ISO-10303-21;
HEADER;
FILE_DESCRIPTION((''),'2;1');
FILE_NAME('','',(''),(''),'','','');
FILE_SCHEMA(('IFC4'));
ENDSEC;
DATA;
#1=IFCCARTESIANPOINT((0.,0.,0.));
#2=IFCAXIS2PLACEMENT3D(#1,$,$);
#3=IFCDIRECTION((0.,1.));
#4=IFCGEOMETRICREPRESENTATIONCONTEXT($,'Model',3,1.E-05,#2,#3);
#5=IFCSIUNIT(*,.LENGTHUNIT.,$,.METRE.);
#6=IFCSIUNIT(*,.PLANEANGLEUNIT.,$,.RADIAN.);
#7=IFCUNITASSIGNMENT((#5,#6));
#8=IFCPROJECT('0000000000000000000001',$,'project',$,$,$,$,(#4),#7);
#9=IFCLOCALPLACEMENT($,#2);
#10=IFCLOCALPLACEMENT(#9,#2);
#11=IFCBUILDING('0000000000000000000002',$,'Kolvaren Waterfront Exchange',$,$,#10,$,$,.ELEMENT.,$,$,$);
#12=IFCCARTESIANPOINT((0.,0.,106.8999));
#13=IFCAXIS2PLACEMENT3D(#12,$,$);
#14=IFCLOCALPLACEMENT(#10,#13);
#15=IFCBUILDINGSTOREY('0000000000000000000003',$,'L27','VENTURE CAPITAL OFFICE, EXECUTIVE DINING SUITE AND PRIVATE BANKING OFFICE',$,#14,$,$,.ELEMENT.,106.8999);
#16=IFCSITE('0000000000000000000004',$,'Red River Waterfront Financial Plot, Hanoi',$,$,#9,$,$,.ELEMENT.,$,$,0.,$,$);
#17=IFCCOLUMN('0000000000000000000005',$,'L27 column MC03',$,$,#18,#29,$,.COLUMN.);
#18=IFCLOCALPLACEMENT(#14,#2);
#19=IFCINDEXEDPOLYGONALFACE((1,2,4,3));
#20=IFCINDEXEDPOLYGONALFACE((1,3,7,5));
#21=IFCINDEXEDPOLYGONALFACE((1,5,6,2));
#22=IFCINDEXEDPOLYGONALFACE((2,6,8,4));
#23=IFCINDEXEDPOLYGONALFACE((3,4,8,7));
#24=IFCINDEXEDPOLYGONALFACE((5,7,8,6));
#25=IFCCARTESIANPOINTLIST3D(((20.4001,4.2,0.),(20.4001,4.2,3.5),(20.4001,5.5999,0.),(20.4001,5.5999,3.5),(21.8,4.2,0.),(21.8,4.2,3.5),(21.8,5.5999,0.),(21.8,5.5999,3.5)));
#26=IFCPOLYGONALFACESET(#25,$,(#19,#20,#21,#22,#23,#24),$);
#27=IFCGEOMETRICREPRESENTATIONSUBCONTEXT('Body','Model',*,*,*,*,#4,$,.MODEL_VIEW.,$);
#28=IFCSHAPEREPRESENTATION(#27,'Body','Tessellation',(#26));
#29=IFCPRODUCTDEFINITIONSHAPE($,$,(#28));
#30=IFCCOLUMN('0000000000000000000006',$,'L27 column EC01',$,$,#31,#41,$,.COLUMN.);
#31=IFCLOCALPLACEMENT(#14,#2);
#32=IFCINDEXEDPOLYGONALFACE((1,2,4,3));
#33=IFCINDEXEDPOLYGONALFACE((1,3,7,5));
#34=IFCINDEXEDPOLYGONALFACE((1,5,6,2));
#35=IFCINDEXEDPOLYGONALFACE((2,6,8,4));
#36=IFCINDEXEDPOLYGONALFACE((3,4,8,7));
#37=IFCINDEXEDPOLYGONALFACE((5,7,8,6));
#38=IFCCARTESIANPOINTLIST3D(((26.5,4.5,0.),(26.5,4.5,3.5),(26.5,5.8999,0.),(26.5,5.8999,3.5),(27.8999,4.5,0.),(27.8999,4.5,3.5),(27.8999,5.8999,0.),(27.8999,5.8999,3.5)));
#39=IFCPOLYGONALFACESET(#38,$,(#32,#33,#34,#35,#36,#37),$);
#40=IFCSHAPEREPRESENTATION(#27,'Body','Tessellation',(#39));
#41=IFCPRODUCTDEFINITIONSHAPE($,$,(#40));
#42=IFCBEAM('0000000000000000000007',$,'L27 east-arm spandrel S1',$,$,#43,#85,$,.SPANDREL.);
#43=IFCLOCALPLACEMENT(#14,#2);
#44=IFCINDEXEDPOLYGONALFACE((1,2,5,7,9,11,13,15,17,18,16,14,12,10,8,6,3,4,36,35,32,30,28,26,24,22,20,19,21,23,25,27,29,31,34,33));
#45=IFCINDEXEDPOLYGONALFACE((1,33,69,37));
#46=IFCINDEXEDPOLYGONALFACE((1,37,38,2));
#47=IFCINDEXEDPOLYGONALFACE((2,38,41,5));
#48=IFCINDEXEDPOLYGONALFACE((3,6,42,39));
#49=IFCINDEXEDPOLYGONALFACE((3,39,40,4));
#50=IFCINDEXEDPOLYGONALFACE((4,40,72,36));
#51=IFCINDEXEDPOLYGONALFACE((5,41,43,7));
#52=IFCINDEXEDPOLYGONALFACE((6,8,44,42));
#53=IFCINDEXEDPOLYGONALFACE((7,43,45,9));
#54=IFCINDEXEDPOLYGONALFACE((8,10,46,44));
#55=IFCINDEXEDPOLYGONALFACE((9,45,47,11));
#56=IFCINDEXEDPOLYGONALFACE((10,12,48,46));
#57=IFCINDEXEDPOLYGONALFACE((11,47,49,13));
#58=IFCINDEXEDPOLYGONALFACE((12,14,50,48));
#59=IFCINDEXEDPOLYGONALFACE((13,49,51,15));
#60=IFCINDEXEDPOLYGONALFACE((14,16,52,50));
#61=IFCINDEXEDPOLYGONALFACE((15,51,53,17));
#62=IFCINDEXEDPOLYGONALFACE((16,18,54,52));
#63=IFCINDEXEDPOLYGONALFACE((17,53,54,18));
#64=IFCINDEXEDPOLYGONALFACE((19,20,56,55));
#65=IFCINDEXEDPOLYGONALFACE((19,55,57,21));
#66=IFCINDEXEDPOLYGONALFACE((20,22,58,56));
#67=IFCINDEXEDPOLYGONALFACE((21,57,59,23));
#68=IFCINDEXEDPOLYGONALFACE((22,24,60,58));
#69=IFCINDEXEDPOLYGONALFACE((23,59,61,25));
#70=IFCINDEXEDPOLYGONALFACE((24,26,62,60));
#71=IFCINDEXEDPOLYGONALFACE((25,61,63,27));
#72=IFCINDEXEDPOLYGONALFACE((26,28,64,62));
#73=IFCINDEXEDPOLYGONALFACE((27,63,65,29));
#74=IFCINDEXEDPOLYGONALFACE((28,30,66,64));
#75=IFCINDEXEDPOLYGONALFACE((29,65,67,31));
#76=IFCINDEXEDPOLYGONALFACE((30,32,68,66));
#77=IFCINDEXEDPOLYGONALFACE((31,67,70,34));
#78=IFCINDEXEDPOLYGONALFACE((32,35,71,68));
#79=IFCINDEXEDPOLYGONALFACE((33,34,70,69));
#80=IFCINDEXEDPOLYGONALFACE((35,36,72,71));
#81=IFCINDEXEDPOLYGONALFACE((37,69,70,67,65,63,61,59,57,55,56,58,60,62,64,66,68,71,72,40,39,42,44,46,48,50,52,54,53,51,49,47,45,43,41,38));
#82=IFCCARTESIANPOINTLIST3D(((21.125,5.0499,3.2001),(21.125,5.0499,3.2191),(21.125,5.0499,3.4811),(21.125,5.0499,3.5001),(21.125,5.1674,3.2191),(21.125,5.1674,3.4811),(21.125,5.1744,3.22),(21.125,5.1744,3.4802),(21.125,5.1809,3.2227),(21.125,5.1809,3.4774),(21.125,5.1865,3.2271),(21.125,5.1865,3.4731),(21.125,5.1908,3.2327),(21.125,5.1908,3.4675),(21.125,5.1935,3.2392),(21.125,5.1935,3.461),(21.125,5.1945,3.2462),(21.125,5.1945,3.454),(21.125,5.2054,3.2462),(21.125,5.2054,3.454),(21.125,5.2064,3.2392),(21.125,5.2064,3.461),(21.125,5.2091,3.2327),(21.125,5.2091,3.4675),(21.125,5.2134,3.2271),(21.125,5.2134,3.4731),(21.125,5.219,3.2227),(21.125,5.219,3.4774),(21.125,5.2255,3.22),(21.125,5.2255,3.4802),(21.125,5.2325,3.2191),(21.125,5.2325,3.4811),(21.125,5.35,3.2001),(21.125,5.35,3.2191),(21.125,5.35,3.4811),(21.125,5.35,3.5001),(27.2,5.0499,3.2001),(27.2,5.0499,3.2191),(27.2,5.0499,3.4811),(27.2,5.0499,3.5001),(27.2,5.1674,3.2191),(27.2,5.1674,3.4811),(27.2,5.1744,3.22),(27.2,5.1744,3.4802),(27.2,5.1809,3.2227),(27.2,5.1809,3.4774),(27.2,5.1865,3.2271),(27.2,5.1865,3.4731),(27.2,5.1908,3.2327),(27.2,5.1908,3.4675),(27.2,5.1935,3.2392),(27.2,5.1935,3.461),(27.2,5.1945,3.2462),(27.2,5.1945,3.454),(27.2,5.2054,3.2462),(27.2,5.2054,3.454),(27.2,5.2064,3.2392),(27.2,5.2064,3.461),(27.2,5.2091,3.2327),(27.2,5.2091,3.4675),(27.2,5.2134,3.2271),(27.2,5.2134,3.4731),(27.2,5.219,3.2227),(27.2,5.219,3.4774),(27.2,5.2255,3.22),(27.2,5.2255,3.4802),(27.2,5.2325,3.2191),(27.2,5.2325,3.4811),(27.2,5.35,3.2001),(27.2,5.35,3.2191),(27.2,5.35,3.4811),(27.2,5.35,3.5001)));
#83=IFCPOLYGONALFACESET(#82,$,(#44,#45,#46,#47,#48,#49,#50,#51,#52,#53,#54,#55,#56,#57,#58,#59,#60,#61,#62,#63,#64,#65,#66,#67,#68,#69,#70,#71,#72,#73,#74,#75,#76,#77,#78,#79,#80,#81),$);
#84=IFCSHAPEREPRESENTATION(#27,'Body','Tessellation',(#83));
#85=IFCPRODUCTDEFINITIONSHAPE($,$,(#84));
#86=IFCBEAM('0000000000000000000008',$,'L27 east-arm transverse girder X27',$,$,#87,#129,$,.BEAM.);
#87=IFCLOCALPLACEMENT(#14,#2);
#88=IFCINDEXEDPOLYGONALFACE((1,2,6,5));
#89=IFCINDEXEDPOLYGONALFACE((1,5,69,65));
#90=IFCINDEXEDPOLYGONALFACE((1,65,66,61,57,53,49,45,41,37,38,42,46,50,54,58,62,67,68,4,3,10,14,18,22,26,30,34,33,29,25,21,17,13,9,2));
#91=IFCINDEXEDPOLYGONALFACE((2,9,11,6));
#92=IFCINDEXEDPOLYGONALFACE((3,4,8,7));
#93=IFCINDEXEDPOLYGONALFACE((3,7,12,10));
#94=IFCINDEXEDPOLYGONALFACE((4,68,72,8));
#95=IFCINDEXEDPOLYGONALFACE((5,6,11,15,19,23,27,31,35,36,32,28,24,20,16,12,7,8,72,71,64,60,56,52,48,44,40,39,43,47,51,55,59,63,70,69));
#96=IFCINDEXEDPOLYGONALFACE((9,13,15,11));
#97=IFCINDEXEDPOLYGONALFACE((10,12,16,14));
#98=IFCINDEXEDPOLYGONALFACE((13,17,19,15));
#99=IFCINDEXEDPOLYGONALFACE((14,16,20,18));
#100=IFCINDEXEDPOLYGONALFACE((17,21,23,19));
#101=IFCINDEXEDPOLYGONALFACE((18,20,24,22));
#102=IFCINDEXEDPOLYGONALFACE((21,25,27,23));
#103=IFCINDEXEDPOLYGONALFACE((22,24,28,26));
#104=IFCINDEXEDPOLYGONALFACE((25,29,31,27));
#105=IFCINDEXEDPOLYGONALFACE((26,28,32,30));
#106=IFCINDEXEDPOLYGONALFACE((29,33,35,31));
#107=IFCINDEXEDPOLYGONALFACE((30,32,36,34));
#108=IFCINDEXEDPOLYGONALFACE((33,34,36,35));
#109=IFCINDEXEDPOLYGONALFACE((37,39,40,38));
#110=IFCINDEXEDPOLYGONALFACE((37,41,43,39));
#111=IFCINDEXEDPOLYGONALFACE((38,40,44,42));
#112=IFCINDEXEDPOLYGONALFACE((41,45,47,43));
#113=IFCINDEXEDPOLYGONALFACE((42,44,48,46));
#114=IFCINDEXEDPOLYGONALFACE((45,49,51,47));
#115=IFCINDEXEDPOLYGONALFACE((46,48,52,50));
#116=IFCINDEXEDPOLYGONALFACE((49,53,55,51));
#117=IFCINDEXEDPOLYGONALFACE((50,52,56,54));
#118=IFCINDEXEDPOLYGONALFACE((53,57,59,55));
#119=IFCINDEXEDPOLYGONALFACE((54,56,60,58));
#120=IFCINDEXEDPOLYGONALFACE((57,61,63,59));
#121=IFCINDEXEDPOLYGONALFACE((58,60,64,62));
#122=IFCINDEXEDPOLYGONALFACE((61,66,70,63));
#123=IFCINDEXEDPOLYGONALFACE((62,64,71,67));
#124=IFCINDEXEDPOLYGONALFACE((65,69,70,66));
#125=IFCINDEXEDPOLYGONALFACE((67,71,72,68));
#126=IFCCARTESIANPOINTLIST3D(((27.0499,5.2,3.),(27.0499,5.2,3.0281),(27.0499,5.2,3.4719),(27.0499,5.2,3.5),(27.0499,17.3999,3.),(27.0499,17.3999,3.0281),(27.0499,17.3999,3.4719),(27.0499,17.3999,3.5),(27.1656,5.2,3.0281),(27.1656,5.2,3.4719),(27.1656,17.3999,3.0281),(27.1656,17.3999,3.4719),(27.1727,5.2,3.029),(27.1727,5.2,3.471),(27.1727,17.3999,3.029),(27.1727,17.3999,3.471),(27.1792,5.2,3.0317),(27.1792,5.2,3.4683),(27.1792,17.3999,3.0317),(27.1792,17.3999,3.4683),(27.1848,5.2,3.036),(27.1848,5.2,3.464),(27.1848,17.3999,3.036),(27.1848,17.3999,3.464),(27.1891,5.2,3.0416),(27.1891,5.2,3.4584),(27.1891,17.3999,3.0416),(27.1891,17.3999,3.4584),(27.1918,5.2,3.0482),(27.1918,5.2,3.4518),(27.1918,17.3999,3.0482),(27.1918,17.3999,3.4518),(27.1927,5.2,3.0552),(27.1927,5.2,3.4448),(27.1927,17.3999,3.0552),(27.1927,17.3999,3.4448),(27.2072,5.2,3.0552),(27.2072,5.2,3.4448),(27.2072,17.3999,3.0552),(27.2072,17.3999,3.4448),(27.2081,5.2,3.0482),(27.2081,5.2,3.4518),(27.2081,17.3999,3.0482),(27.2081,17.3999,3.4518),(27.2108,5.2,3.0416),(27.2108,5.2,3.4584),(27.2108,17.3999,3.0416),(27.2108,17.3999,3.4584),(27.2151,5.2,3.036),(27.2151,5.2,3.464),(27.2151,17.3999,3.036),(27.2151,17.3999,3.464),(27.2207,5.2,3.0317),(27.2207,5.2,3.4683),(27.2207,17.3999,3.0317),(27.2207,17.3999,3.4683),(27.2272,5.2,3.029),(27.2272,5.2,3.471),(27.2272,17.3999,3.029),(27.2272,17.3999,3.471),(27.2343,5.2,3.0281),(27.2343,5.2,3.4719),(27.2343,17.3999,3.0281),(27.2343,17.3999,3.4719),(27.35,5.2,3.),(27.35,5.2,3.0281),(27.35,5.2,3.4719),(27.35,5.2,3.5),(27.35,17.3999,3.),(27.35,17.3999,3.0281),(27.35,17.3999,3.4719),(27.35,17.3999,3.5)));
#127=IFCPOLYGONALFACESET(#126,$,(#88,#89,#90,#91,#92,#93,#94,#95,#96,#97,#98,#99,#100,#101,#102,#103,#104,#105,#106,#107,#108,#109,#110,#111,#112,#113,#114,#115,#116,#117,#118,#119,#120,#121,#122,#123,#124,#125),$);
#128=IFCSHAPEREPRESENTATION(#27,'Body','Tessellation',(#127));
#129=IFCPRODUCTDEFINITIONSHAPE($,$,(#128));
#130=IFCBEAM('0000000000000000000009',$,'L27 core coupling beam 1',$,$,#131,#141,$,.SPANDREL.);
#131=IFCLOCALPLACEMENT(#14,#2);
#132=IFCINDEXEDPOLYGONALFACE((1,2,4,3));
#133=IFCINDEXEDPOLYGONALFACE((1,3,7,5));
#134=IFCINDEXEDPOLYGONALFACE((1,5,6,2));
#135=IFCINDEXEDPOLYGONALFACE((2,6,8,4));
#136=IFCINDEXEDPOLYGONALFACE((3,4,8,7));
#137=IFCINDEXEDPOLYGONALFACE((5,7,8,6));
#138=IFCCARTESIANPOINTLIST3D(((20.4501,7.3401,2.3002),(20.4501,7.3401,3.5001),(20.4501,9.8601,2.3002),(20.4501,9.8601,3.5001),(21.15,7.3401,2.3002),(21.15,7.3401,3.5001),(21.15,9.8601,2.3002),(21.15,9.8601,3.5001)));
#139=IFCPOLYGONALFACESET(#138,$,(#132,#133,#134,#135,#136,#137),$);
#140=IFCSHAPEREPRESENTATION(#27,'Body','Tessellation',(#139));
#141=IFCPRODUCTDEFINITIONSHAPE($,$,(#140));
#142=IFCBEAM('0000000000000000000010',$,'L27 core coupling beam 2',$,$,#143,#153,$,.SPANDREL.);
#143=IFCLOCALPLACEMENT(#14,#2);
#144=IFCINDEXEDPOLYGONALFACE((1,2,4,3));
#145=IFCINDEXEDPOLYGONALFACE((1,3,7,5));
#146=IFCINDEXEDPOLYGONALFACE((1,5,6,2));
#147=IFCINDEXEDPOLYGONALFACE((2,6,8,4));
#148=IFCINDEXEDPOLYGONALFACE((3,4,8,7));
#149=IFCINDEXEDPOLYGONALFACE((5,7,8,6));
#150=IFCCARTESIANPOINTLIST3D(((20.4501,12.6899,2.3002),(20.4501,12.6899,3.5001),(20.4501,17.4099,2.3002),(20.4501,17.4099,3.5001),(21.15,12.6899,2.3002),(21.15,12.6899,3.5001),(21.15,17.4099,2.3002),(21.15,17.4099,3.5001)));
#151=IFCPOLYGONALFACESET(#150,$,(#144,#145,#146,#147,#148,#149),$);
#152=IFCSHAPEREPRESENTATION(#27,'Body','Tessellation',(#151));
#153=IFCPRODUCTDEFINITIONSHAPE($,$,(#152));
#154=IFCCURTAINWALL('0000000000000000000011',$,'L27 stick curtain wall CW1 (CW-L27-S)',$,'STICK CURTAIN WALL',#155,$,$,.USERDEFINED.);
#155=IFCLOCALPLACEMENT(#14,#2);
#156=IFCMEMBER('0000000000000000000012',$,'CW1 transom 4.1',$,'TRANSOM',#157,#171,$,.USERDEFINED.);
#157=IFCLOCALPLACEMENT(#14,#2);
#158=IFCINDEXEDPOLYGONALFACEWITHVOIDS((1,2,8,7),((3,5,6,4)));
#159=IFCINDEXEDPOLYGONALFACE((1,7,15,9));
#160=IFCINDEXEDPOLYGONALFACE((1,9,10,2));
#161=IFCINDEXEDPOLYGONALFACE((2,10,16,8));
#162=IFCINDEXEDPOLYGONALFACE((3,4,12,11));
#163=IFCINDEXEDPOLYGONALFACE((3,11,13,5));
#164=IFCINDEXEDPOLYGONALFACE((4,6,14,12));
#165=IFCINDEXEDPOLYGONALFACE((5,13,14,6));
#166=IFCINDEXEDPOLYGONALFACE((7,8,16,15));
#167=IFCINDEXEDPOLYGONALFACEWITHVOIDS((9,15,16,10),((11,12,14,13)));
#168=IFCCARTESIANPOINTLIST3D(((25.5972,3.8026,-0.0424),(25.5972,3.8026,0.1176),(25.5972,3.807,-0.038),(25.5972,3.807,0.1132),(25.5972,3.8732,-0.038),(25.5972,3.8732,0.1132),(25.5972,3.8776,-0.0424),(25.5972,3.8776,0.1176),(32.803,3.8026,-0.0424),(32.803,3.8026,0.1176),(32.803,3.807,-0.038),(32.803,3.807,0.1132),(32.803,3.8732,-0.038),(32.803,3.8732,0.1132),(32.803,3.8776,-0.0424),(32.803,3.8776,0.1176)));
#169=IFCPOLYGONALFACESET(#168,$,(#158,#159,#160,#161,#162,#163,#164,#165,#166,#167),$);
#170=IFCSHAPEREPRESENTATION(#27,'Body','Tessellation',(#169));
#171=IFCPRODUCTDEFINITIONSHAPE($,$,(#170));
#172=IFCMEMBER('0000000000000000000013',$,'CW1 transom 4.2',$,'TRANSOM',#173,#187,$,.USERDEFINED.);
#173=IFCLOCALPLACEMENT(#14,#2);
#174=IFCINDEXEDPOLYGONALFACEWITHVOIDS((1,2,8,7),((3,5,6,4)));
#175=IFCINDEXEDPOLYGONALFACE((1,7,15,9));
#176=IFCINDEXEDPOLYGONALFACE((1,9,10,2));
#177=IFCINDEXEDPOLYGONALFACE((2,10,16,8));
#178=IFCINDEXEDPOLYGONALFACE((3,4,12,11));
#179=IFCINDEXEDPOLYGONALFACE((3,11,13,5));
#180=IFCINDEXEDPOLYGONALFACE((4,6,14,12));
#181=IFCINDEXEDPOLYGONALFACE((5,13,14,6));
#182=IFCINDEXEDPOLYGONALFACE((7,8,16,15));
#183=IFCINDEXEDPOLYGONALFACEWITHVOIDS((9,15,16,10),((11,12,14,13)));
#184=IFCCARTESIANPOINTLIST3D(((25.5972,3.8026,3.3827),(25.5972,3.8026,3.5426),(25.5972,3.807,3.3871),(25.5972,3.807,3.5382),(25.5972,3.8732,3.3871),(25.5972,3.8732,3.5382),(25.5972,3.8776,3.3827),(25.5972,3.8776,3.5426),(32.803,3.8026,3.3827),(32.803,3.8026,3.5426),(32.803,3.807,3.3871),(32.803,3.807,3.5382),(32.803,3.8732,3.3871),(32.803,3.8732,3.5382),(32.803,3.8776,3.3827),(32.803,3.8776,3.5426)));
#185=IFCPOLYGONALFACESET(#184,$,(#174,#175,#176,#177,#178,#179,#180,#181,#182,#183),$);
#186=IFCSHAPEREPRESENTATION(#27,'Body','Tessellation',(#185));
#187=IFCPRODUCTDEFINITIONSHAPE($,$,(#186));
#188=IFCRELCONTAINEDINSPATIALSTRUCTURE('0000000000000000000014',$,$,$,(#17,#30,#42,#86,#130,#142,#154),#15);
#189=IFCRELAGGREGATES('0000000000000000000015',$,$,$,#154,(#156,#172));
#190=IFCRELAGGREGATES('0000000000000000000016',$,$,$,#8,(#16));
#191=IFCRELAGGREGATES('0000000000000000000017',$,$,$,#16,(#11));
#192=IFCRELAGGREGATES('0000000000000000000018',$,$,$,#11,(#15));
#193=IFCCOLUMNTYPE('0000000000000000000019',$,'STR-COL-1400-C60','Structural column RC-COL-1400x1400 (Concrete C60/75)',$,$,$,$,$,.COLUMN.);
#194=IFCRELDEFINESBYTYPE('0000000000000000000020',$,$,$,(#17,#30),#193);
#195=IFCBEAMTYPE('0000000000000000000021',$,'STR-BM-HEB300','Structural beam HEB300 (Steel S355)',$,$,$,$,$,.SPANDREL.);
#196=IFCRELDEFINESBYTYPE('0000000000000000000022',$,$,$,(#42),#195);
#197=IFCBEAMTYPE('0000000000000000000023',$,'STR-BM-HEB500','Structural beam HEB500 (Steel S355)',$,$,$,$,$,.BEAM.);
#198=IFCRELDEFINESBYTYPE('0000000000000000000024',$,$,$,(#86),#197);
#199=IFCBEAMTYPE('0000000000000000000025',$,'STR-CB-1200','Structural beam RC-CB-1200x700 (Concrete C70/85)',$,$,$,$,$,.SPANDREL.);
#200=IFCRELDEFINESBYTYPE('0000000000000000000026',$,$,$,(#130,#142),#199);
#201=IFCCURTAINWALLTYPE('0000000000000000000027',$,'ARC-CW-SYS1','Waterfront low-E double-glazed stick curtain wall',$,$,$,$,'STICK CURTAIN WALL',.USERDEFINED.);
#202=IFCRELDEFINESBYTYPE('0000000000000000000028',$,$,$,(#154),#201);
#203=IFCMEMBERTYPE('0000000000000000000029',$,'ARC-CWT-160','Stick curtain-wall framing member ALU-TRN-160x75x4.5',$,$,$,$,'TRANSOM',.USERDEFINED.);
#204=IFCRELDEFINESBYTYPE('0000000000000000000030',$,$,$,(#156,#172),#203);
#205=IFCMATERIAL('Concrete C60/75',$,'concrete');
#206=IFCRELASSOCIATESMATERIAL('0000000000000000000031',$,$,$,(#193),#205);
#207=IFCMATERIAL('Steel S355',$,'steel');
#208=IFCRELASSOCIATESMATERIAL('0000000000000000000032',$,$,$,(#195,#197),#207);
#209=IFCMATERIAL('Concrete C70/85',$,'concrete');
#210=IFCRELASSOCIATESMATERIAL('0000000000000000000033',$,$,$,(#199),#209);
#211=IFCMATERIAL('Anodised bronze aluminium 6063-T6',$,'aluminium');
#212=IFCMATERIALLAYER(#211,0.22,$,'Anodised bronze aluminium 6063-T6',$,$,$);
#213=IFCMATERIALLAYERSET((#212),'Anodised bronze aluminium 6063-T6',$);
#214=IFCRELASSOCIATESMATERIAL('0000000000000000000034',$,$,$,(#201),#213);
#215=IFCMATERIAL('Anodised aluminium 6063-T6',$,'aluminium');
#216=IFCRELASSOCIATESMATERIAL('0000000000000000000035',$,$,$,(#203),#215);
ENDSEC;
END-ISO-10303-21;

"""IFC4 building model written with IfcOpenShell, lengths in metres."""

from ifc_helpers import new_model, si_unit, direction, frame, origin, origin_with_axes, origin_2d, place, context, subcontext, project, spatial, rectangle, hollow_rectangle, i_section, extrude, source, transform, mapped, material, layer, layer_set, material_profile, profile_set, type_object, element, aggregate, save


model = new_model("IFC4")

# Units and contexts
model_context = context("Model", 3, precision=1e-05, world=origin(), true_north=direction((0.0, 1.0)))
body_context = subcontext(model_context, "Body", "Model", "MODEL_VIEW")
ifc_project = project(units=[si_unit("LENGTHUNIT", "METRE"), si_unit("PLANEANGLEUNIT", "RADIAN")], contexts=[model_context])

# Site, building, storey
site_placement = place(None, origin())
site = spatial("IfcSite", under=ifc_project, at=site_placement, Name="Red River Waterfront Financial Plot, Hanoi", CompositionType="ELEMENT", RefElevation=0.0)
building_placement = place(site_placement, origin())
building = spatial("IfcBuilding", under=site, at=building_placement, Name="Kolvaren Waterfront Exchange", CompositionType="ELEMENT")
storey_placement = place(building_placement, frame((0.0, 0.0, 106.8999)))
storey = spatial("IfcBuildingStorey", under=building, at=storey_placement, Name="L27", Description="VENTURE CAPITAL OFFICE, EXECUTIVE DINING SUITE AND PRIVATE BANKING OFFICE", CompositionType="ELEMENT", Elevation=106.8999)

# Columns
ifc_material_1 = material(Name="Concrete C60/75", Category="concrete")
ifc_material_profile_1 = material_profile(ifc_material_1, rectangle(XDim=1.3999, YDim=1.3999, at=origin_2d()), Name="RC-COL-1400x1400")
ifc_profile_set_1 = profile_set([ifc_material_profile_1], Name="Concrete C60/75")
column_type = type_object("IfcColumnType", Name="STR-COL-1400-C60", Description="Structural column RC-COL-1400x1400 (Concrete C60/75)", PredefinedType="COLUMN", material=ifc_profile_set_1)
for number, where, z_axis, x_axis, name in (
    (1, (21.1001, 4.8999, 0.0), (0.0, 0.0, 1.0), (1.0, 0.0, 0.0), "L27 column MC03"),
    (2, (27.2, 5.2, 0.0), (0.0, 0.0, 1.0), (1.0, 0.0, 0.0), "L27 column EC01"),
):
    element("IfcColumn", number, at=place(storey_placement, frame(where, z_axis=z_axis, x_axis=x_axis)), inside=storey, type_object=column_type, Name=name, PredefinedType="COLUMN", context=body_context, shape_type="SweptSolid", body=[
        extrude(rectangle(XDim=1.3999, YDim=1.3999, at=origin_2d()), origin(), (0.0, 0.0, 1.0), 3.5),
    ])

# Beams
ifc_material_2 = material(Name="Steel S355", Category="steel")
ifc_material_profile_2 = material_profile(ifc_material_2, i_section(OverallWidth=0.3, OverallDepth=0.3, WebThickness=0.011, FlangeThickness=0.019, FilletRadius=0.0271, at=origin_2d()), Name="HEB300")
ifc_profile_set_2 = profile_set([ifc_material_profile_2], Name="Steel S355")
beam_type_1 = type_object("IfcBeamType", Name="STR-BM-HEB300", Description="Structural beam HEB300 (Steel S355)", PredefinedType="SPANDREL", material=ifc_profile_set_2)
beam_1_placement = place(storey_placement, frame((21.125, 5.2, 3.3501), z_axis=(1.0, 0.0, 0.0), x_axis=(0.0, 1.0, 0.0)))
element("IfcBeam", 3, at=beam_1_placement, inside=storey, type_object=beam_type_1, Name="L27 east-arm spandrel S1", PredefinedType="SPANDREL", context=body_context, shape_type="SweptSolid", body=[
    extrude(i_section(OverallWidth=0.3, OverallDepth=0.3, WebThickness=0.011, FlangeThickness=0.019, FilletRadius=0.0271, at=origin_2d()), origin(), (0.0, 0.0, 1.0), 6.075),
])
ifc_material_profile_3 = material_profile(ifc_material_2, i_section(OverallWidth=0.3, OverallDepth=0.5, WebThickness=0.0144, FlangeThickness=0.0281, FilletRadius=0.0271, at=origin_2d()), Name="HEB500")
ifc_profile_set_3 = profile_set([ifc_material_profile_3], Name="Steel S355")
beam_type_2 = type_object("IfcBeamType", Name="STR-BM-HEB500", Description="Structural beam HEB500 (Steel S355)", PredefinedType="BEAM", material=ifc_profile_set_3)
beam_2_placement = place(storey_placement, frame((27.2, 5.2, 3.25), z_axis=(0.0, 1.0, 0.0), x_axis=(-1.0, 0.0, 0.0)))
element("IfcBeam", 4, at=beam_2_placement, inside=storey, type_object=beam_type_2, Name="L27 east-arm transverse girder X27", PredefinedType="BEAM", context=body_context, shape_type="SweptSolid", body=[
    extrude(i_section(OverallWidth=0.3, OverallDepth=0.5, WebThickness=0.0144, FlangeThickness=0.0281, FilletRadius=0.0271, at=origin_2d()), origin(), (0.0, 0.0, 1.0), 12.2),
])
ifc_material_3 = material(Name="Concrete C70/85", Category="concrete")
ifc_material_profile_4 = material_profile(ifc_material_3, rectangle(XDim=0.7, YDim=1.2, at=origin_2d()), Name="RC-CB-1200x700")
ifc_profile_set_4 = profile_set([ifc_material_profile_4], Name="Concrete C70/85")
beam_type_3 = type_object("IfcBeamType", Name="STR-CB-1200", Description="Structural beam RC-CB-1200x700 (Concrete C70/85)", PredefinedType="SPANDREL", material=ifc_profile_set_4)
beam_3_placement = place(storey_placement, frame((20.8, 7.3401, 2.9001), z_axis=(0.0, 1.0, 0.0), x_axis=(-1.0, 0.0, 0.0)))
element("IfcBeam", 5, at=beam_3_placement, inside=storey, type_object=beam_type_3, Name="L27 core coupling beam 1", PredefinedType="SPANDREL", context=body_context, shape_type="SweptSolid", body=[
    extrude(rectangle(XDim=0.7, YDim=1.2, at=origin_2d()), origin(), (0.0, 0.0, 1.0), 2.52),
])
beam_4_placement = place(storey_placement, frame((20.8, 12.6899, 2.9001), z_axis=(0.0, 1.0, 0.0), x_axis=(-1.0, 0.0, 0.0)))
element("IfcBeam", 6, at=beam_4_placement, inside=storey, type_object=beam_type_3, Name="L27 core coupling beam 2", PredefinedType="SPANDREL", context=body_context, shape_type="SweptSolid", body=[
    extrude(rectangle(XDim=0.7, YDim=1.2, at=origin_2d()), origin(), (0.0, 0.0, 1.0), 4.72),
])

# Curtain wall, members
ifc_material_4 = material(Name="Anodised bronze aluminium 6063-T6", Category="aluminium")
ifc_layer_1 = layer(ifc_material_4, 0.22, Name="Anodised bronze aluminium 6063-T6")
ifc_layer_set_1 = layer_set([ifc_layer_1], Name="Anodised bronze aluminium 6063-T6")
curtain_wall_type_1 = type_object("IfcCurtainWallType", Name="ARC-CW-SYS1", Description="Waterfront low-E double-glazed stick curtain wall", ElementType="STICK CURTAIN WALL", PredefinedType="USERDEFINED", material=ifc_layer_set_1)
curtain_wall_1_placement = place(storey_placement, origin())
curtain_wall_1 = element("IfcCurtainWall", 7, at=curtain_wall_1_placement, inside=storey, type_object=curtain_wall_type_1, Name="L27 stick curtain wall CW1 (CW-L27-S)", ObjectType="STICK CURTAIN WALL", PredefinedType="USERDEFINED")
ifc_material_5 = material(Name="Anodised aluminium 6063-T6", Category="aluminium")
ifc_material_profile_5 = material_profile(ifc_material_5, hollow_rectangle(XDim=0.075, YDim=0.1599, WallThickness=0.0044, at=origin_2d()), Name="ALU-TRN-160x75x4.5")
ifc_profile_set_5 = profile_set([ifc_material_profile_5], Name="Anodised aluminium 6063-T6")
member_type_1 = type_object("IfcMemberType", Name="ARC-CWT-160", Description="Stick curtain-wall framing member ALU-TRN-160x75x4.5", ElementType="TRANSOM", PredefinedType="USERDEFINED", material=ifc_profile_set_5)
shared_shape_1 = source(origin_with_axes(), body_context, "Body", "SweptSolid", [
    extrude(hollow_rectangle(XDim=0.075, YDim=0.1599, WallThickness=0.0044, at=origin_2d()), origin(), (0.0, 0.0, 1.0), 7.2058),
])
member_1_placement = place(storey_placement, frame((25.5972, 3.8401, 0.0376), z_axis=(1.0, 0.0, 0.0), x_axis=(0.0, 1.0, 0.0)))
member_1 = element("IfcMember", 8, at=member_1_placement, type_object=member_type_1, Name="CW1 transom 4.1", ObjectType="TRANSOM", PredefinedType="USERDEFINED", context=body_context, shape_type="MappedRepresentation", body=[
    mapped(shared_shape_1, transform((0.0, 0.0, 0.0), x_axis=(1.0, 0.0, 0.0), y_axis=(0.0, 1.0, 0.0), z_axis=(0.0, 0.0, 1.0), scale=1.0)),
])
member_2_placement = place(storey_placement, frame((25.5972, 3.8401, 3.4626), z_axis=(1.0, 0.0, 0.0), x_axis=(0.0, 1.0, 0.0)))
member_2 = element("IfcMember", 9, at=member_2_placement, type_object=member_type_1, Name="CW1 transom 4.2", ObjectType="TRANSOM", PredefinedType="USERDEFINED", context=body_context, shape_type="MappedRepresentation", body=[
    mapped(shared_shape_1, transform((0.0, 0.0, 0.0), x_axis=(1.0, 0.0, 0.0), y_axis=(0.0, 1.0, 0.0), z_axis=(0.0, 0.0, 1.0), scale=1.0)),
])

aggregate(curtain_wall_1, [member_1, member_2])

save(model, "model.ifc")
